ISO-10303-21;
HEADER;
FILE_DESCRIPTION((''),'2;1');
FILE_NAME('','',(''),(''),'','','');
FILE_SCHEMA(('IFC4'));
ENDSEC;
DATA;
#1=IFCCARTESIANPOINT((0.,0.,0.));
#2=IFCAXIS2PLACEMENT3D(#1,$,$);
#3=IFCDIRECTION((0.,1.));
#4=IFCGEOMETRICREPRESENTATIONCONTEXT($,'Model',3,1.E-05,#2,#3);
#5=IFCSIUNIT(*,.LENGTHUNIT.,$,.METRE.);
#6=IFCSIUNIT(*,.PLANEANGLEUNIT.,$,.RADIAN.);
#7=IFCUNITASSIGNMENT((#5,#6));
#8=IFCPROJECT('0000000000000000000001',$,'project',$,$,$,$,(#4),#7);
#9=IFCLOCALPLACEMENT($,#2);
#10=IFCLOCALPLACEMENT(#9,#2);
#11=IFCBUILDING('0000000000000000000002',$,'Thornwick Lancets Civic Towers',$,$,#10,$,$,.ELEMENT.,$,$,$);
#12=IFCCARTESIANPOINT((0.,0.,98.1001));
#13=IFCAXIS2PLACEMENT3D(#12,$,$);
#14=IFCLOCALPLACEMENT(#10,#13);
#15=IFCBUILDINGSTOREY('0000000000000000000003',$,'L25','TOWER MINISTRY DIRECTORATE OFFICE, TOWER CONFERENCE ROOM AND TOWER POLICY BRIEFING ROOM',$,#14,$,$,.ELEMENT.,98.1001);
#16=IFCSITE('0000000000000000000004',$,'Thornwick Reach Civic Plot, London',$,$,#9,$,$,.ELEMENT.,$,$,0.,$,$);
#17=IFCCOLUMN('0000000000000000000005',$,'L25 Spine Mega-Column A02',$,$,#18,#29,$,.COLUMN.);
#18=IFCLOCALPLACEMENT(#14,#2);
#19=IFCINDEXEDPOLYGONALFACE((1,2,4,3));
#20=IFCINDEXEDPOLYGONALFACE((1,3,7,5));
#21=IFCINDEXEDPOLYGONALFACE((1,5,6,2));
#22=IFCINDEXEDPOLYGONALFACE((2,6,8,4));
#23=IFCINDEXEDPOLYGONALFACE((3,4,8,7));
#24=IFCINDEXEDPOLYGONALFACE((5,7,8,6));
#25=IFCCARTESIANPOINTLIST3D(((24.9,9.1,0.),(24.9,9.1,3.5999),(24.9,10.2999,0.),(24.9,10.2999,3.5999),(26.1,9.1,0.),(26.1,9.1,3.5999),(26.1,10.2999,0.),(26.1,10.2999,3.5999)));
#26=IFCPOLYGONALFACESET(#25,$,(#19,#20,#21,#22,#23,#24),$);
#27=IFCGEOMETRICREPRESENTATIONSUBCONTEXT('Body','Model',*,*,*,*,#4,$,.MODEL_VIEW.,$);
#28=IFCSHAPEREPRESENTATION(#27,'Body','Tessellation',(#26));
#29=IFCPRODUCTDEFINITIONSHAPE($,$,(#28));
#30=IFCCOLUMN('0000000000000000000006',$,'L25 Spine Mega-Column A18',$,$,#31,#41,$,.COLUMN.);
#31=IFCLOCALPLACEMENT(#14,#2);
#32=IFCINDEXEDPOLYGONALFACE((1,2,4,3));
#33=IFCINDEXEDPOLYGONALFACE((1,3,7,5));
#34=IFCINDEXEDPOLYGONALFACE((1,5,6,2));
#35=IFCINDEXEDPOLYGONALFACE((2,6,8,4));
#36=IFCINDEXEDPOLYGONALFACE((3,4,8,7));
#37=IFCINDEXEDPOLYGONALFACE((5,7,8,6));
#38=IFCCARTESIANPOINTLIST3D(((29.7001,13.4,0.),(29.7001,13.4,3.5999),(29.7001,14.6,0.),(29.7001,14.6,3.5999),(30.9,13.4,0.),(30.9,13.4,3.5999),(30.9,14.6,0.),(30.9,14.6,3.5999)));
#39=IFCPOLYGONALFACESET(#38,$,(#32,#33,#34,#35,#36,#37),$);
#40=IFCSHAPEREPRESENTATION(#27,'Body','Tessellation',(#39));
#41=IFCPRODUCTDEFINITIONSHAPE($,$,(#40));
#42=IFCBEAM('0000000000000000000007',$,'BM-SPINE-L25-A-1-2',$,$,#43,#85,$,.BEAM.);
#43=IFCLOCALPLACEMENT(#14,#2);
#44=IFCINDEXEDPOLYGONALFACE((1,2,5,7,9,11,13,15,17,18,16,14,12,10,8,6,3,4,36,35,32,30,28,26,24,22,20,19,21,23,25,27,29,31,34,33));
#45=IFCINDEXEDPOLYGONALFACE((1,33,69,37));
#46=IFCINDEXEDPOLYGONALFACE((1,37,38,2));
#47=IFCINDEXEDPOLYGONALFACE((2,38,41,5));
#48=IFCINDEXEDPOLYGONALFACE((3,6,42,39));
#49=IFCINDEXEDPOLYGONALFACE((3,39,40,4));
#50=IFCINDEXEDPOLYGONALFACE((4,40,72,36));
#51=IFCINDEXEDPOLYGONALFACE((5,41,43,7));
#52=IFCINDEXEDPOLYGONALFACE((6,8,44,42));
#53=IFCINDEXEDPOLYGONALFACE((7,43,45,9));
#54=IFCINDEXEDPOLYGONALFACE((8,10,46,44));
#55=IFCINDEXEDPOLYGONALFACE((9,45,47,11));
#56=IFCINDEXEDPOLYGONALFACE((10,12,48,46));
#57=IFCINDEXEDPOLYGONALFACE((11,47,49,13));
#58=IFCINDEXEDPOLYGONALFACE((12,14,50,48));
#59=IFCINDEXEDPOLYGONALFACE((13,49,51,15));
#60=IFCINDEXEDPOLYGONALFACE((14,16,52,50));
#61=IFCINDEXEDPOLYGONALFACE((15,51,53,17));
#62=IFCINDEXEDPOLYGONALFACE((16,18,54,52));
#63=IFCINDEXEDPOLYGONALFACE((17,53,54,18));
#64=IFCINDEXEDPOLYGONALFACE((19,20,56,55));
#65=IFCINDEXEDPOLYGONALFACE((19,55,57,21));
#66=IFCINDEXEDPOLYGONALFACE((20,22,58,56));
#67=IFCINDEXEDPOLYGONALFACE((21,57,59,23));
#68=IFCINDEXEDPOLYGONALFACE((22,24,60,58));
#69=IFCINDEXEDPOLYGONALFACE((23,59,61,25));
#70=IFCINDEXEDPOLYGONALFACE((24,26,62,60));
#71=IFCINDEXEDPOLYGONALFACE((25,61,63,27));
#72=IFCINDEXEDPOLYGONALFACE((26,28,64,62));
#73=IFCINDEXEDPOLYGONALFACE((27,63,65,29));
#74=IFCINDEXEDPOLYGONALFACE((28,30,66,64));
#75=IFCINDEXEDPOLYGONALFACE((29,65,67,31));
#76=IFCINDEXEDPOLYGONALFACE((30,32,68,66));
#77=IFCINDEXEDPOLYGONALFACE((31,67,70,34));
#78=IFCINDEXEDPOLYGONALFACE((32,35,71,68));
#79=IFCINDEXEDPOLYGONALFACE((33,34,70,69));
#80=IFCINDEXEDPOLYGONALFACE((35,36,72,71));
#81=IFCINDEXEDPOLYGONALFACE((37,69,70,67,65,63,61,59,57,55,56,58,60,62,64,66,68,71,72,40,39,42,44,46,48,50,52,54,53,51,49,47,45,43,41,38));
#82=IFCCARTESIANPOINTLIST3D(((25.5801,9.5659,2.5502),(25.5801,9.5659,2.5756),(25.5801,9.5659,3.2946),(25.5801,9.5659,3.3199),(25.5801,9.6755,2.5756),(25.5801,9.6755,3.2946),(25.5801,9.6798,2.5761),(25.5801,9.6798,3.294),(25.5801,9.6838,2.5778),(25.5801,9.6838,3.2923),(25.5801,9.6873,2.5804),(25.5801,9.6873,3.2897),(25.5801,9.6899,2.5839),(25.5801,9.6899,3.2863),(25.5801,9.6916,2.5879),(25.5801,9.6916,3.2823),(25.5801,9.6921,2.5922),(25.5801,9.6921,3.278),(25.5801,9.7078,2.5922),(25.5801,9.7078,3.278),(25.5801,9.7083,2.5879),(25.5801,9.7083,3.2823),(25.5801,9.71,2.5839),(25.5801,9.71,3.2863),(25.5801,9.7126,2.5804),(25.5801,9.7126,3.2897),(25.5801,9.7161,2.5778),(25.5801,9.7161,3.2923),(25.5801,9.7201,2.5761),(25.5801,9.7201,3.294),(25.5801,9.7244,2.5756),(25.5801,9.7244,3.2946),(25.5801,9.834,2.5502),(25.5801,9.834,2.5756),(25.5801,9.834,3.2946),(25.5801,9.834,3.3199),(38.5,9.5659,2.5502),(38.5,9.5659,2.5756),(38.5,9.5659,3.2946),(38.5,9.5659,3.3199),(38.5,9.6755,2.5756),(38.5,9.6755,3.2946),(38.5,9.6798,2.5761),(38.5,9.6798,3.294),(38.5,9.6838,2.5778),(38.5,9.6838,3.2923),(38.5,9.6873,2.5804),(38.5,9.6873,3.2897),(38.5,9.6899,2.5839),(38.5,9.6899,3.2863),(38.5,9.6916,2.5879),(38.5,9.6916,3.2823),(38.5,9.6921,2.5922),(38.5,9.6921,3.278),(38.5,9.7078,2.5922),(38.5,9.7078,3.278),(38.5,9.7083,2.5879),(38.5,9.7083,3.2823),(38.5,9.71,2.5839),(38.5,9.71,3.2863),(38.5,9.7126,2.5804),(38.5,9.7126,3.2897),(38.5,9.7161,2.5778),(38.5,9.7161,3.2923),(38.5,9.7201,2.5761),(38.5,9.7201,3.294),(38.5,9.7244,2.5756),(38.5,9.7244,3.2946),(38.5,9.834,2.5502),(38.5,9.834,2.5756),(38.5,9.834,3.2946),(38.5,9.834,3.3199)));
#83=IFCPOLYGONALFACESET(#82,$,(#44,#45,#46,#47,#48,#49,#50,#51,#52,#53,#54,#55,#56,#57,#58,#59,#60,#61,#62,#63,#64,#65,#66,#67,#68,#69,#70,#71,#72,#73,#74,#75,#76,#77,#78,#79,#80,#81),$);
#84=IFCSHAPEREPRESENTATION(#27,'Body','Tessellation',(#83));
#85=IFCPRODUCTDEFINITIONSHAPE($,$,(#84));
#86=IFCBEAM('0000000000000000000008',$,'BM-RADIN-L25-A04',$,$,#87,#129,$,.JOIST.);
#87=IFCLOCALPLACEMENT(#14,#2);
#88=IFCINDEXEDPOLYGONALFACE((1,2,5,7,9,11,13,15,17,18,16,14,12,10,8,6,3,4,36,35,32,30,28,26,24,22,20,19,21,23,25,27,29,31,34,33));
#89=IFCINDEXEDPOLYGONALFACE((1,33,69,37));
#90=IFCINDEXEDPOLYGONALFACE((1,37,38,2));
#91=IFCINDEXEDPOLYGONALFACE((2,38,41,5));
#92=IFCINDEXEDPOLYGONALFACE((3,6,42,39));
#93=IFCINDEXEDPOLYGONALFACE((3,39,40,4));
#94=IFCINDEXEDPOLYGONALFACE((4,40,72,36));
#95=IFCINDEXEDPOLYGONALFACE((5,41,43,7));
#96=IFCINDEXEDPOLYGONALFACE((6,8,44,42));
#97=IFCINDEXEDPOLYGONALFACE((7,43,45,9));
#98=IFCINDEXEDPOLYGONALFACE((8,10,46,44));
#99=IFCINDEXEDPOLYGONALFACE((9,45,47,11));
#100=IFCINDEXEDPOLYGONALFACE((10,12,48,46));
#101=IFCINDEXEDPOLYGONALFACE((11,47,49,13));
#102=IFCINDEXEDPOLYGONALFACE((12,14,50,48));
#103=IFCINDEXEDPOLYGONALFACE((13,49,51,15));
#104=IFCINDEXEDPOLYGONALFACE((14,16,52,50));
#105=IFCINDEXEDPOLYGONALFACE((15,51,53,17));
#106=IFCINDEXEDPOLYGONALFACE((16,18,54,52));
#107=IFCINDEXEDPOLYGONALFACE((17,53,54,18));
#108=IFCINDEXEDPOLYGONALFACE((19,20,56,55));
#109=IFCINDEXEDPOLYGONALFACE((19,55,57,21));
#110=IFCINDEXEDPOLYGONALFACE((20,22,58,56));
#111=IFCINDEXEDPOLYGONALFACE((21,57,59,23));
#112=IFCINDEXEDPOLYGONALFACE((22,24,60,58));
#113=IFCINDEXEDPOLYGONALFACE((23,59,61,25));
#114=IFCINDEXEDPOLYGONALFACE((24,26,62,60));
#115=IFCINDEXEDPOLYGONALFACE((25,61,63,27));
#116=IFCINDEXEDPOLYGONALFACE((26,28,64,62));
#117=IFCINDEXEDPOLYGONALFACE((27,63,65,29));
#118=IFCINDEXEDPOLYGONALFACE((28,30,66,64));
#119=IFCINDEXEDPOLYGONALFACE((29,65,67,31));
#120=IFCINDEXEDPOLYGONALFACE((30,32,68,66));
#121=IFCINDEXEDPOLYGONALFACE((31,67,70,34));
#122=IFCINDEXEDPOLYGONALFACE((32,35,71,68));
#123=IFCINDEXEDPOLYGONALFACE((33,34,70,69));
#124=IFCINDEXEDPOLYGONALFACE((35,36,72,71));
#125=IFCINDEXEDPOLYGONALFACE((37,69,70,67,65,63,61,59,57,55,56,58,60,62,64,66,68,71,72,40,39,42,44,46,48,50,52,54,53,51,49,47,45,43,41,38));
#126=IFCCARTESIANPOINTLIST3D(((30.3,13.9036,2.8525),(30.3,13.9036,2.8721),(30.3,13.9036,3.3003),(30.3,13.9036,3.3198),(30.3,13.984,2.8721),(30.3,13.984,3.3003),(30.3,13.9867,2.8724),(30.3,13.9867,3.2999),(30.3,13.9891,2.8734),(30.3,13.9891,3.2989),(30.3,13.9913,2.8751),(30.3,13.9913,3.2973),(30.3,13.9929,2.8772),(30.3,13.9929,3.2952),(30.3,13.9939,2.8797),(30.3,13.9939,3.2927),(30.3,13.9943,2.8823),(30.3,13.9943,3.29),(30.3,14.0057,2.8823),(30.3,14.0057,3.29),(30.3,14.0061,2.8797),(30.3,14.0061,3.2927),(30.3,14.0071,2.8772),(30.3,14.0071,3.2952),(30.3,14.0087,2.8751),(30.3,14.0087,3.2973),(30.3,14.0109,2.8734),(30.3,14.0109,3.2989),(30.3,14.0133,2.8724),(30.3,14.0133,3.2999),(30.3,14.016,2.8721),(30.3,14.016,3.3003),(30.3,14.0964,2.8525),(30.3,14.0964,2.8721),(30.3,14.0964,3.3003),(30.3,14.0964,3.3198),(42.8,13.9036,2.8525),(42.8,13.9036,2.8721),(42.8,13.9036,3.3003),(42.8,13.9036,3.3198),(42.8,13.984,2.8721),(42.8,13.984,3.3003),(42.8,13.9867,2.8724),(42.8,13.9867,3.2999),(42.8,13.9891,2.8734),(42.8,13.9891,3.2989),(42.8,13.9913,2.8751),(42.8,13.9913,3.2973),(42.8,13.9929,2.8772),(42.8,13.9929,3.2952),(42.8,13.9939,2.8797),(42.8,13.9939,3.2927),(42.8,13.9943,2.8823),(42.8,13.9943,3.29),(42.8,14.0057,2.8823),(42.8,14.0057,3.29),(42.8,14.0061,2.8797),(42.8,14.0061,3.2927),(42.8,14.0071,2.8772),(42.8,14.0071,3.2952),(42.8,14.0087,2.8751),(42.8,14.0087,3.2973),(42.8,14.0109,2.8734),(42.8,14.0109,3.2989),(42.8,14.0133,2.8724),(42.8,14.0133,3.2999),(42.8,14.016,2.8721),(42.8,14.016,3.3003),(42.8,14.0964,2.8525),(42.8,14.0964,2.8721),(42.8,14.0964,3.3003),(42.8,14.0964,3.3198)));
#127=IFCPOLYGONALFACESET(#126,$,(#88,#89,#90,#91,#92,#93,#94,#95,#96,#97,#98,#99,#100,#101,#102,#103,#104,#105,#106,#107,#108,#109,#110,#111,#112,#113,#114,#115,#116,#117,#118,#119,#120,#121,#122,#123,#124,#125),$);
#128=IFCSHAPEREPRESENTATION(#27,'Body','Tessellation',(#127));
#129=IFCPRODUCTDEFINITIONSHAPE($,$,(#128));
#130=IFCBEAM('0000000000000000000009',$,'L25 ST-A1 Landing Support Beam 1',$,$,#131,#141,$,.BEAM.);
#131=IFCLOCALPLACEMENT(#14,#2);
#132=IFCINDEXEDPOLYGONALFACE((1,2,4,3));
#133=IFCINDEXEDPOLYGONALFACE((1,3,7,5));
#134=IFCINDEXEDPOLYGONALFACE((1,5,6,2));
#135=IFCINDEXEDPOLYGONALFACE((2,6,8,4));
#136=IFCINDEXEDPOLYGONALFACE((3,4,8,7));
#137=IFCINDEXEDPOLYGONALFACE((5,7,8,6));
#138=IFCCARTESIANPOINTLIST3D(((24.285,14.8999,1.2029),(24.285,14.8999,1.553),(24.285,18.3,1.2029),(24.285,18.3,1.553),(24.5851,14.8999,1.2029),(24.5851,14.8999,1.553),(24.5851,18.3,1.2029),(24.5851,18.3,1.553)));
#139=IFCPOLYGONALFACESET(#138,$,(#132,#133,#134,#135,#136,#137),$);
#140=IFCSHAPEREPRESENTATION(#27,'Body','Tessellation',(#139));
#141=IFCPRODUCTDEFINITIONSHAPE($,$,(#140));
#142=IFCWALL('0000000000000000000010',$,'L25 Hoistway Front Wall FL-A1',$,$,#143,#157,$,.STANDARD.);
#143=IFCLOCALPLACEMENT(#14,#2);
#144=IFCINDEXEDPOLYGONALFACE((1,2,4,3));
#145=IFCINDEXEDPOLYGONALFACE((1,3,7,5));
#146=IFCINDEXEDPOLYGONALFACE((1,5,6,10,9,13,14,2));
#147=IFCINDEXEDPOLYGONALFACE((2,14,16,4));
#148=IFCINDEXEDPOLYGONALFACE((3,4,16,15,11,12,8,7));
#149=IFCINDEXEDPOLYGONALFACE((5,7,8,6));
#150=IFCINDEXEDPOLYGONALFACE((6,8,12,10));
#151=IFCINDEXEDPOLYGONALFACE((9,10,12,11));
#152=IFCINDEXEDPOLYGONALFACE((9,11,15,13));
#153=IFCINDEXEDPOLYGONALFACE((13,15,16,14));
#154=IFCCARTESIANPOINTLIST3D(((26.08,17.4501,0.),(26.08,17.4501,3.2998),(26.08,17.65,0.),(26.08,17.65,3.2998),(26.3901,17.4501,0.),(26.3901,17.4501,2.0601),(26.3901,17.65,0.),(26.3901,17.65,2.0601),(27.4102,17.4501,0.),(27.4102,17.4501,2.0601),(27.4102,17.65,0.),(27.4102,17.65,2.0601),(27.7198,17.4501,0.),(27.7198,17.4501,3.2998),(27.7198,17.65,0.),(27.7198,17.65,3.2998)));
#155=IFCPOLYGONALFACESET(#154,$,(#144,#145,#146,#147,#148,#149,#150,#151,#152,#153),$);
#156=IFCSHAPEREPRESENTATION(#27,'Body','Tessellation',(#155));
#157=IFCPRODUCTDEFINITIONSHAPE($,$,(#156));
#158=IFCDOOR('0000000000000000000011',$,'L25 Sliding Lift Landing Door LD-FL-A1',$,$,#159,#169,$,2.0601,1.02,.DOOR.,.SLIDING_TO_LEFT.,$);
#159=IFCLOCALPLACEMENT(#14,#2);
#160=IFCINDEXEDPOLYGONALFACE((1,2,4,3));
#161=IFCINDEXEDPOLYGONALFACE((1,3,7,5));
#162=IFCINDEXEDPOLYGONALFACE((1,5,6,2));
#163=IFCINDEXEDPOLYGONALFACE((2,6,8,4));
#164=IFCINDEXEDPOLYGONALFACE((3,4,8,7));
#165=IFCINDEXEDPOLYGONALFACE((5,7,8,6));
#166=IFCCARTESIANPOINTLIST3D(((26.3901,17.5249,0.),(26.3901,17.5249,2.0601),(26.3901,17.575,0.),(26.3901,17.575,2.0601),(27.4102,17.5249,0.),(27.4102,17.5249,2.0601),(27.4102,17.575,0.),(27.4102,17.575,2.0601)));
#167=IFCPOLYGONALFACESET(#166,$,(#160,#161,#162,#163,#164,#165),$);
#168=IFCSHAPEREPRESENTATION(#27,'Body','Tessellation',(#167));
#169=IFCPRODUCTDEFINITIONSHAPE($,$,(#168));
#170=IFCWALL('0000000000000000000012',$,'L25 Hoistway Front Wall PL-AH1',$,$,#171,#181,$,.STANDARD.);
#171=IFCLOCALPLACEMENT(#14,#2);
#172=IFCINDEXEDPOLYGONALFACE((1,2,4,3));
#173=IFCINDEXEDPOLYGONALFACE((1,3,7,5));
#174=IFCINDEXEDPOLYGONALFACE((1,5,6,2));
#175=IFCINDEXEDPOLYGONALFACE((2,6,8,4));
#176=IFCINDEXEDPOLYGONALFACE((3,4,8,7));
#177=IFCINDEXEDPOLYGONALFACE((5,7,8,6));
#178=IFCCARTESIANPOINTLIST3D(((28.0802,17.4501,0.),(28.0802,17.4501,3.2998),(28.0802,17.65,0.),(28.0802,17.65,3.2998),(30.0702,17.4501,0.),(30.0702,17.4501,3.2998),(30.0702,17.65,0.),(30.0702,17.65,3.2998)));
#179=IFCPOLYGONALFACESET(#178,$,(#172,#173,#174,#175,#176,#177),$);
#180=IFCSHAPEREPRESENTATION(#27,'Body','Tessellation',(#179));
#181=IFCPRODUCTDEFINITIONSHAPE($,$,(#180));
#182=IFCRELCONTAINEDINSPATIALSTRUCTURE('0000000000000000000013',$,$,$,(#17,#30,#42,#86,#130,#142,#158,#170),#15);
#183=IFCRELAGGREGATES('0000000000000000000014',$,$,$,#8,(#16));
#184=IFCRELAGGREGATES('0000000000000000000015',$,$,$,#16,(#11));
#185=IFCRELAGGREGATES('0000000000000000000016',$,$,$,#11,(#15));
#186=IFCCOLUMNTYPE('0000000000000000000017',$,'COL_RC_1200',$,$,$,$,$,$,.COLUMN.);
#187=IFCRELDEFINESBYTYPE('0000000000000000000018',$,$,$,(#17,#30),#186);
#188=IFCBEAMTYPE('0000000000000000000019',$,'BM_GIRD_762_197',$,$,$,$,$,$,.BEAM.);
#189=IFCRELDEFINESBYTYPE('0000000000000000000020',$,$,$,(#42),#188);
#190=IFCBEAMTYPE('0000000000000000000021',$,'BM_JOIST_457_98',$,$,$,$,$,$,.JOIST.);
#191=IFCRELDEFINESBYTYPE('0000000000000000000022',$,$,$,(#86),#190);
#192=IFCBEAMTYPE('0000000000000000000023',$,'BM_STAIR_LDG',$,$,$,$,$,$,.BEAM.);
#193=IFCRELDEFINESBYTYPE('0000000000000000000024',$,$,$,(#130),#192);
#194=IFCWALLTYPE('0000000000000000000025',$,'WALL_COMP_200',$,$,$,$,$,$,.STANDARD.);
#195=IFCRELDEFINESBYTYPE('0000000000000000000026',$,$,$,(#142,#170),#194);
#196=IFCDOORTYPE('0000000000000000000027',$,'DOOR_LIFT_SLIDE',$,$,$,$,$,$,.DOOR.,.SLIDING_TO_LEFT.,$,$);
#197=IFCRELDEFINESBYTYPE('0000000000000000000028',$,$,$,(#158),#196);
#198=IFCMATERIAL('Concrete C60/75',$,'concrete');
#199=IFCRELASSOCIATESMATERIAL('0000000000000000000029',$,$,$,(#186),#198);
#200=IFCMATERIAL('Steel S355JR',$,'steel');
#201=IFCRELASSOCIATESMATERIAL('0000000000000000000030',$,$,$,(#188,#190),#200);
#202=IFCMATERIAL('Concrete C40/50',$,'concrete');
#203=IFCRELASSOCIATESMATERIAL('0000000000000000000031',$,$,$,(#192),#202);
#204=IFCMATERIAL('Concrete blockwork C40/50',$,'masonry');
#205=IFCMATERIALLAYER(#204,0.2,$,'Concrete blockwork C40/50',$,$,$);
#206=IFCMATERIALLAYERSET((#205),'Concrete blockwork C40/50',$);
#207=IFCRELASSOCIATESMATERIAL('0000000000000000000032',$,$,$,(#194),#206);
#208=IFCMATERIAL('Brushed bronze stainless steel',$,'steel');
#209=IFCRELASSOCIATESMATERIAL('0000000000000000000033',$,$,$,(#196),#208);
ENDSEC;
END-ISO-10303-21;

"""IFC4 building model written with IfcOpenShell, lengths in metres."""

from ifc_helpers import new_model, si_unit, direction, frame, frame_2d, origin, origin_2d, place, context, subcontext, project, spatial, rectangle, i_section, extrude, material, layer, layer_set, material_profile, profile_set, type_object, element, fill, save


model = new_model("IFC4")

# Units and contexts
model_context = context("Model", 3, precision=1e-05, world=origin(), true_north=direction((0.0, 1.0)))
body_context = subcontext(model_context, "Body", "Model", "MODEL_VIEW")
ifc_project = project(units=[si_unit("LENGTHUNIT", "METRE"), si_unit("PLANEANGLEUNIT", "RADIAN")], contexts=[model_context])

# Site, building, storey
site_placement = place(None, origin())
site = spatial("IfcSite", under=ifc_project, at=site_placement, Name="Thornwick Reach Civic Plot, London", CompositionType="ELEMENT", RefElevation=0.0)
building_placement = place(site_placement, origin())
building = spatial("IfcBuilding", under=site, at=building_placement, Name="Thornwick Lancets Civic Towers", CompositionType="ELEMENT")
storey_placement = place(building_placement, frame((0.0, 0.0, 98.1001)))
storey = spatial("IfcBuildingStorey", under=building, at=storey_placement, Name="L25", Description="TOWER MINISTRY DIRECTORATE OFFICE, TOWER CONFERENCE ROOM AND TOWER POLICY BRIEFING ROOM", CompositionType="ELEMENT", Elevation=98.1001)

# Columns
ifc_material_1 = material(Name="Concrete C60/75", Category="concrete")
ifc_material_profile_1 = material_profile(ifc_material_1, rectangle(XDim=1.2, YDim=1.2, at=origin_2d()), Name="RC 1200x1200")
ifc_profile_set_1 = profile_set([ifc_material_profile_1], Name="Concrete C60/75")
column_type = type_object("IfcColumnType", Name="COL_RC_1200", PredefinedType="COLUMN", material=ifc_profile_set_1)
for number, where, z_axis, x_axis, name in (
    (1, (25.5, 9.7, 0.0), (0.0, 0.0, 1.0), (1.0, 0.0, 0.0), "L25 Spine Mega-Column A02"),
    (2, (30.3, 14.0, 0.0), (0.0, 0.0, 1.0), (1.0, 0.0, 0.0), "L25 Spine Mega-Column A18"),
):
    element("IfcColumn", number, at=place(storey_placement, frame(where, z_axis=z_axis, x_axis=x_axis)), inside=storey, type_object=column_type, Name=name, PredefinedType="COLUMN", context=body_context, shape_type="SweptSolid", body=[
        extrude(rectangle(XDim=1.2, YDim=1.2, at=origin_2d()), origin(), (0.0, 0.0, 1.0), 3.5999),
    ])

# Beams
ifc_material_2 = material(Name="Steel S355JR", Category="steel")
ifc_material_profile_2 = material_profile(ifc_material_2, i_section(OverallWidth=0.2681, OverallDepth=0.7698, WebThickness=0.0156, FlangeThickness=0.0254, FilletRadius=0.0166, at=origin_2d()), Name="UKB 762x267x197")
ifc_profile_set_2 = profile_set([ifc_material_profile_2], Name="Steel S355JR")
beam_type_1 = type_object("IfcBeamType", Name="BM_GIRD_762_197", PredefinedType="BEAM", material=ifc_profile_set_2)
beam_1_placement = place(storey_placement, frame((25.5801, 9.7, 2.9351), z_axis=(1.0, 0.0, 0.0), x_axis=(0.0, 1.0, 0.0)))
element("IfcBeam", 3, at=beam_1_placement, inside=storey, type_object=beam_type_1, Name="BM-SPINE-L25-A-1-2", PredefinedType="BEAM", context=body_context, shape_type="SweptSolid", body=[
    extrude(i_section(OverallWidth=0.2681, OverallDepth=0.7698, WebThickness=0.0156, FlangeThickness=0.0254, FilletRadius=0.0166, at=origin_2d()), origin(), (0.0, 0.0, 1.0), 12.9199),
])
ifc_material_profile_3 = material_profile(ifc_material_2, i_section(OverallWidth=0.1929, OverallDepth=0.4673, WebThickness=0.0115, FlangeThickness=0.0195, FilletRadius=0.0103, at=origin_2d()), Name="UKB 457x191x98")
ifc_profile_set_3 = profile_set([ifc_material_profile_3], Name="Steel S355JR")
beam_type_2 = type_object("IfcBeamType", Name="BM_JOIST_457_98", PredefinedType="JOIST", material=ifc_profile_set_3)
beam_2_placement = place(storey_placement, frame((30.3, 14.0, 3.0862), z_axis=(1.0, 0.0, 0.0), x_axis=(0.0, 1.0, 0.0)))
element("IfcBeam", 4, at=beam_2_placement, inside=storey, type_object=beam_type_2, Name="BM-RADIN-L25-A04", PredefinedType="JOIST", context=body_context, shape_type="SweptSolid", body=[
    extrude(i_section(OverallWidth=0.1929, OverallDepth=0.4673, WebThickness=0.0115, FlangeThickness=0.0195, FilletRadius=0.0103, at=origin_2d()), origin(), (0.0, 0.0, 1.0), 12.5),
])
ifc_material_3 = material(Name="Concrete C40/50", Category="concrete")
ifc_material_profile_4 = material_profile(ifc_material_3, rectangle(XDim=0.3, YDim=0.3501, at=origin_2d()), Name="RC 300x350")
ifc_profile_set_4 = profile_set([ifc_material_profile_4], Name="Concrete C40/50")
beam_type_3 = type_object("IfcBeamType", Name="BM_STAIR_LDG", PredefinedType="BEAM", material=ifc_profile_set_4)
beam_3_placement = place(storey_placement, frame((24.4351, 14.8999, 1.3779), z_axis=(0.0, 1.0, 0.0), x_axis=(-1.0, 0.0, 0.0)))
element("IfcBeam", 5, at=beam_3_placement, inside=storey, type_object=beam_type_3, Name="L25 ST-A1 Landing Support Beam 1", PredefinedType="BEAM", context=body_context, shape_type="SweptSolid", body=[
    extrude(rectangle(XDim=0.3, YDim=0.3501, at=origin_2d()), origin(), (0.0, 0.0, 1.0), 3.4001),
])

# Wall, opening, door
ifc_material_4 = material(Name="Concrete blockwork C40/50", Category="masonry")
ifc_layer_1 = layer(ifc_material_4, 0.2, Name="Concrete blockwork C40/50")
ifc_layer_set_1 = layer_set([ifc_layer_1], Name="Concrete blockwork C40/50")
wall_type_1 = type_object("IfcWallType", Name="WALL_COMP_200", PredefinedType="STANDARD", material=ifc_layer_set_1)
wall_1_placement = place(storey_placement, frame((26.0801, 17.55, 0.0), z_axis=(0.0, 0.0, 1.0), x_axis=(1.0, 0.0, 0.0)))
wall_1 = element("IfcWall", 6, at=wall_1_placement, inside=storey, type_object=wall_type_1, Name="L25 Hoistway Front Wall FL-A1", PredefinedType="STANDARD", context=body_context, shape_type="SweptSolid", body=[
    extrude(rectangle(XDim=1.6399, YDim=0.2, at=frame_2d((0.8198, 0.0))), origin(), (0.0, 0.0, 1.0), 3.2998),
])
opening_1_placement = place(wall_1_placement, frame((0.3101, 0.0, 0.0)))
opening_1 = element("IfcOpeningElement", 7, at=opening_1_placement, cuts=wall_1, PredefinedType="OPENING", context=body_context, shape_type="SweptSolid", body=[
    extrude(rectangle(XDim=1.02, YDim=2.0601, at=frame_2d((0.51, 1.03))), frame((0.0, 0.1099, 0.0), z_axis=(0.0, -1.0, 0.0), x_axis=(1.0, 0.0, 0.0)), (0.0, 0.0, 1.0), 0.22),
])
ifc_material_5 = material(Name="Brushed bronze stainless steel", Category="steel")
door_type = type_object("IfcDoorType", Name="DOOR_LIFT_SLIDE", OperationType="SLIDING_TO_LEFT", PredefinedType="DOOR", material=ifc_material_5)
door_1_placement = place(opening_1_placement, origin())
door_1 = element("IfcDoor", 8, at=door_1_placement, inside=storey, type_object=door_type, Name="L25 Sliding Lift Landing Door LD-FL-A1", OperationType="SLIDING_TO_LEFT", OverallHeight=2.0601, OverallWidth=1.02, PredefinedType="DOOR", context=body_context, shape_type="SweptSolid", body=[
    extrude(rectangle(XDim=1.02, YDim=2.0601, at=frame_2d((0.51, 1.03))), frame((0.0, 0.0249, 0.0), z_axis=(0.0, -1.0, 0.0), x_axis=(1.0, 0.0, 0.0)), (0.0, 0.0, 1.0), 0.05),
])
fill(opening_1, door_1)

# Wall
wall_2_placement = place(storey_placement, frame((28.0801, 17.55, 0.0), z_axis=(0.0, 0.0, 1.0), x_axis=(1.0, 0.0, 0.0)))
element("IfcWall", 9, at=wall_2_placement, inside=storey, type_object=wall_type_1, Name="L25 Hoistway Front Wall PL-AH1", PredefinedType="STANDARD", context=body_context, shape_type="SweptSolid", body=[
    extrude(rectangle(XDim=1.99, YDim=0.2, at=frame_2d((0.9951, 0.0))), origin(), (0.0, 0.0, 1.0), 3.2998),
])

save(model, "model.ifc")
